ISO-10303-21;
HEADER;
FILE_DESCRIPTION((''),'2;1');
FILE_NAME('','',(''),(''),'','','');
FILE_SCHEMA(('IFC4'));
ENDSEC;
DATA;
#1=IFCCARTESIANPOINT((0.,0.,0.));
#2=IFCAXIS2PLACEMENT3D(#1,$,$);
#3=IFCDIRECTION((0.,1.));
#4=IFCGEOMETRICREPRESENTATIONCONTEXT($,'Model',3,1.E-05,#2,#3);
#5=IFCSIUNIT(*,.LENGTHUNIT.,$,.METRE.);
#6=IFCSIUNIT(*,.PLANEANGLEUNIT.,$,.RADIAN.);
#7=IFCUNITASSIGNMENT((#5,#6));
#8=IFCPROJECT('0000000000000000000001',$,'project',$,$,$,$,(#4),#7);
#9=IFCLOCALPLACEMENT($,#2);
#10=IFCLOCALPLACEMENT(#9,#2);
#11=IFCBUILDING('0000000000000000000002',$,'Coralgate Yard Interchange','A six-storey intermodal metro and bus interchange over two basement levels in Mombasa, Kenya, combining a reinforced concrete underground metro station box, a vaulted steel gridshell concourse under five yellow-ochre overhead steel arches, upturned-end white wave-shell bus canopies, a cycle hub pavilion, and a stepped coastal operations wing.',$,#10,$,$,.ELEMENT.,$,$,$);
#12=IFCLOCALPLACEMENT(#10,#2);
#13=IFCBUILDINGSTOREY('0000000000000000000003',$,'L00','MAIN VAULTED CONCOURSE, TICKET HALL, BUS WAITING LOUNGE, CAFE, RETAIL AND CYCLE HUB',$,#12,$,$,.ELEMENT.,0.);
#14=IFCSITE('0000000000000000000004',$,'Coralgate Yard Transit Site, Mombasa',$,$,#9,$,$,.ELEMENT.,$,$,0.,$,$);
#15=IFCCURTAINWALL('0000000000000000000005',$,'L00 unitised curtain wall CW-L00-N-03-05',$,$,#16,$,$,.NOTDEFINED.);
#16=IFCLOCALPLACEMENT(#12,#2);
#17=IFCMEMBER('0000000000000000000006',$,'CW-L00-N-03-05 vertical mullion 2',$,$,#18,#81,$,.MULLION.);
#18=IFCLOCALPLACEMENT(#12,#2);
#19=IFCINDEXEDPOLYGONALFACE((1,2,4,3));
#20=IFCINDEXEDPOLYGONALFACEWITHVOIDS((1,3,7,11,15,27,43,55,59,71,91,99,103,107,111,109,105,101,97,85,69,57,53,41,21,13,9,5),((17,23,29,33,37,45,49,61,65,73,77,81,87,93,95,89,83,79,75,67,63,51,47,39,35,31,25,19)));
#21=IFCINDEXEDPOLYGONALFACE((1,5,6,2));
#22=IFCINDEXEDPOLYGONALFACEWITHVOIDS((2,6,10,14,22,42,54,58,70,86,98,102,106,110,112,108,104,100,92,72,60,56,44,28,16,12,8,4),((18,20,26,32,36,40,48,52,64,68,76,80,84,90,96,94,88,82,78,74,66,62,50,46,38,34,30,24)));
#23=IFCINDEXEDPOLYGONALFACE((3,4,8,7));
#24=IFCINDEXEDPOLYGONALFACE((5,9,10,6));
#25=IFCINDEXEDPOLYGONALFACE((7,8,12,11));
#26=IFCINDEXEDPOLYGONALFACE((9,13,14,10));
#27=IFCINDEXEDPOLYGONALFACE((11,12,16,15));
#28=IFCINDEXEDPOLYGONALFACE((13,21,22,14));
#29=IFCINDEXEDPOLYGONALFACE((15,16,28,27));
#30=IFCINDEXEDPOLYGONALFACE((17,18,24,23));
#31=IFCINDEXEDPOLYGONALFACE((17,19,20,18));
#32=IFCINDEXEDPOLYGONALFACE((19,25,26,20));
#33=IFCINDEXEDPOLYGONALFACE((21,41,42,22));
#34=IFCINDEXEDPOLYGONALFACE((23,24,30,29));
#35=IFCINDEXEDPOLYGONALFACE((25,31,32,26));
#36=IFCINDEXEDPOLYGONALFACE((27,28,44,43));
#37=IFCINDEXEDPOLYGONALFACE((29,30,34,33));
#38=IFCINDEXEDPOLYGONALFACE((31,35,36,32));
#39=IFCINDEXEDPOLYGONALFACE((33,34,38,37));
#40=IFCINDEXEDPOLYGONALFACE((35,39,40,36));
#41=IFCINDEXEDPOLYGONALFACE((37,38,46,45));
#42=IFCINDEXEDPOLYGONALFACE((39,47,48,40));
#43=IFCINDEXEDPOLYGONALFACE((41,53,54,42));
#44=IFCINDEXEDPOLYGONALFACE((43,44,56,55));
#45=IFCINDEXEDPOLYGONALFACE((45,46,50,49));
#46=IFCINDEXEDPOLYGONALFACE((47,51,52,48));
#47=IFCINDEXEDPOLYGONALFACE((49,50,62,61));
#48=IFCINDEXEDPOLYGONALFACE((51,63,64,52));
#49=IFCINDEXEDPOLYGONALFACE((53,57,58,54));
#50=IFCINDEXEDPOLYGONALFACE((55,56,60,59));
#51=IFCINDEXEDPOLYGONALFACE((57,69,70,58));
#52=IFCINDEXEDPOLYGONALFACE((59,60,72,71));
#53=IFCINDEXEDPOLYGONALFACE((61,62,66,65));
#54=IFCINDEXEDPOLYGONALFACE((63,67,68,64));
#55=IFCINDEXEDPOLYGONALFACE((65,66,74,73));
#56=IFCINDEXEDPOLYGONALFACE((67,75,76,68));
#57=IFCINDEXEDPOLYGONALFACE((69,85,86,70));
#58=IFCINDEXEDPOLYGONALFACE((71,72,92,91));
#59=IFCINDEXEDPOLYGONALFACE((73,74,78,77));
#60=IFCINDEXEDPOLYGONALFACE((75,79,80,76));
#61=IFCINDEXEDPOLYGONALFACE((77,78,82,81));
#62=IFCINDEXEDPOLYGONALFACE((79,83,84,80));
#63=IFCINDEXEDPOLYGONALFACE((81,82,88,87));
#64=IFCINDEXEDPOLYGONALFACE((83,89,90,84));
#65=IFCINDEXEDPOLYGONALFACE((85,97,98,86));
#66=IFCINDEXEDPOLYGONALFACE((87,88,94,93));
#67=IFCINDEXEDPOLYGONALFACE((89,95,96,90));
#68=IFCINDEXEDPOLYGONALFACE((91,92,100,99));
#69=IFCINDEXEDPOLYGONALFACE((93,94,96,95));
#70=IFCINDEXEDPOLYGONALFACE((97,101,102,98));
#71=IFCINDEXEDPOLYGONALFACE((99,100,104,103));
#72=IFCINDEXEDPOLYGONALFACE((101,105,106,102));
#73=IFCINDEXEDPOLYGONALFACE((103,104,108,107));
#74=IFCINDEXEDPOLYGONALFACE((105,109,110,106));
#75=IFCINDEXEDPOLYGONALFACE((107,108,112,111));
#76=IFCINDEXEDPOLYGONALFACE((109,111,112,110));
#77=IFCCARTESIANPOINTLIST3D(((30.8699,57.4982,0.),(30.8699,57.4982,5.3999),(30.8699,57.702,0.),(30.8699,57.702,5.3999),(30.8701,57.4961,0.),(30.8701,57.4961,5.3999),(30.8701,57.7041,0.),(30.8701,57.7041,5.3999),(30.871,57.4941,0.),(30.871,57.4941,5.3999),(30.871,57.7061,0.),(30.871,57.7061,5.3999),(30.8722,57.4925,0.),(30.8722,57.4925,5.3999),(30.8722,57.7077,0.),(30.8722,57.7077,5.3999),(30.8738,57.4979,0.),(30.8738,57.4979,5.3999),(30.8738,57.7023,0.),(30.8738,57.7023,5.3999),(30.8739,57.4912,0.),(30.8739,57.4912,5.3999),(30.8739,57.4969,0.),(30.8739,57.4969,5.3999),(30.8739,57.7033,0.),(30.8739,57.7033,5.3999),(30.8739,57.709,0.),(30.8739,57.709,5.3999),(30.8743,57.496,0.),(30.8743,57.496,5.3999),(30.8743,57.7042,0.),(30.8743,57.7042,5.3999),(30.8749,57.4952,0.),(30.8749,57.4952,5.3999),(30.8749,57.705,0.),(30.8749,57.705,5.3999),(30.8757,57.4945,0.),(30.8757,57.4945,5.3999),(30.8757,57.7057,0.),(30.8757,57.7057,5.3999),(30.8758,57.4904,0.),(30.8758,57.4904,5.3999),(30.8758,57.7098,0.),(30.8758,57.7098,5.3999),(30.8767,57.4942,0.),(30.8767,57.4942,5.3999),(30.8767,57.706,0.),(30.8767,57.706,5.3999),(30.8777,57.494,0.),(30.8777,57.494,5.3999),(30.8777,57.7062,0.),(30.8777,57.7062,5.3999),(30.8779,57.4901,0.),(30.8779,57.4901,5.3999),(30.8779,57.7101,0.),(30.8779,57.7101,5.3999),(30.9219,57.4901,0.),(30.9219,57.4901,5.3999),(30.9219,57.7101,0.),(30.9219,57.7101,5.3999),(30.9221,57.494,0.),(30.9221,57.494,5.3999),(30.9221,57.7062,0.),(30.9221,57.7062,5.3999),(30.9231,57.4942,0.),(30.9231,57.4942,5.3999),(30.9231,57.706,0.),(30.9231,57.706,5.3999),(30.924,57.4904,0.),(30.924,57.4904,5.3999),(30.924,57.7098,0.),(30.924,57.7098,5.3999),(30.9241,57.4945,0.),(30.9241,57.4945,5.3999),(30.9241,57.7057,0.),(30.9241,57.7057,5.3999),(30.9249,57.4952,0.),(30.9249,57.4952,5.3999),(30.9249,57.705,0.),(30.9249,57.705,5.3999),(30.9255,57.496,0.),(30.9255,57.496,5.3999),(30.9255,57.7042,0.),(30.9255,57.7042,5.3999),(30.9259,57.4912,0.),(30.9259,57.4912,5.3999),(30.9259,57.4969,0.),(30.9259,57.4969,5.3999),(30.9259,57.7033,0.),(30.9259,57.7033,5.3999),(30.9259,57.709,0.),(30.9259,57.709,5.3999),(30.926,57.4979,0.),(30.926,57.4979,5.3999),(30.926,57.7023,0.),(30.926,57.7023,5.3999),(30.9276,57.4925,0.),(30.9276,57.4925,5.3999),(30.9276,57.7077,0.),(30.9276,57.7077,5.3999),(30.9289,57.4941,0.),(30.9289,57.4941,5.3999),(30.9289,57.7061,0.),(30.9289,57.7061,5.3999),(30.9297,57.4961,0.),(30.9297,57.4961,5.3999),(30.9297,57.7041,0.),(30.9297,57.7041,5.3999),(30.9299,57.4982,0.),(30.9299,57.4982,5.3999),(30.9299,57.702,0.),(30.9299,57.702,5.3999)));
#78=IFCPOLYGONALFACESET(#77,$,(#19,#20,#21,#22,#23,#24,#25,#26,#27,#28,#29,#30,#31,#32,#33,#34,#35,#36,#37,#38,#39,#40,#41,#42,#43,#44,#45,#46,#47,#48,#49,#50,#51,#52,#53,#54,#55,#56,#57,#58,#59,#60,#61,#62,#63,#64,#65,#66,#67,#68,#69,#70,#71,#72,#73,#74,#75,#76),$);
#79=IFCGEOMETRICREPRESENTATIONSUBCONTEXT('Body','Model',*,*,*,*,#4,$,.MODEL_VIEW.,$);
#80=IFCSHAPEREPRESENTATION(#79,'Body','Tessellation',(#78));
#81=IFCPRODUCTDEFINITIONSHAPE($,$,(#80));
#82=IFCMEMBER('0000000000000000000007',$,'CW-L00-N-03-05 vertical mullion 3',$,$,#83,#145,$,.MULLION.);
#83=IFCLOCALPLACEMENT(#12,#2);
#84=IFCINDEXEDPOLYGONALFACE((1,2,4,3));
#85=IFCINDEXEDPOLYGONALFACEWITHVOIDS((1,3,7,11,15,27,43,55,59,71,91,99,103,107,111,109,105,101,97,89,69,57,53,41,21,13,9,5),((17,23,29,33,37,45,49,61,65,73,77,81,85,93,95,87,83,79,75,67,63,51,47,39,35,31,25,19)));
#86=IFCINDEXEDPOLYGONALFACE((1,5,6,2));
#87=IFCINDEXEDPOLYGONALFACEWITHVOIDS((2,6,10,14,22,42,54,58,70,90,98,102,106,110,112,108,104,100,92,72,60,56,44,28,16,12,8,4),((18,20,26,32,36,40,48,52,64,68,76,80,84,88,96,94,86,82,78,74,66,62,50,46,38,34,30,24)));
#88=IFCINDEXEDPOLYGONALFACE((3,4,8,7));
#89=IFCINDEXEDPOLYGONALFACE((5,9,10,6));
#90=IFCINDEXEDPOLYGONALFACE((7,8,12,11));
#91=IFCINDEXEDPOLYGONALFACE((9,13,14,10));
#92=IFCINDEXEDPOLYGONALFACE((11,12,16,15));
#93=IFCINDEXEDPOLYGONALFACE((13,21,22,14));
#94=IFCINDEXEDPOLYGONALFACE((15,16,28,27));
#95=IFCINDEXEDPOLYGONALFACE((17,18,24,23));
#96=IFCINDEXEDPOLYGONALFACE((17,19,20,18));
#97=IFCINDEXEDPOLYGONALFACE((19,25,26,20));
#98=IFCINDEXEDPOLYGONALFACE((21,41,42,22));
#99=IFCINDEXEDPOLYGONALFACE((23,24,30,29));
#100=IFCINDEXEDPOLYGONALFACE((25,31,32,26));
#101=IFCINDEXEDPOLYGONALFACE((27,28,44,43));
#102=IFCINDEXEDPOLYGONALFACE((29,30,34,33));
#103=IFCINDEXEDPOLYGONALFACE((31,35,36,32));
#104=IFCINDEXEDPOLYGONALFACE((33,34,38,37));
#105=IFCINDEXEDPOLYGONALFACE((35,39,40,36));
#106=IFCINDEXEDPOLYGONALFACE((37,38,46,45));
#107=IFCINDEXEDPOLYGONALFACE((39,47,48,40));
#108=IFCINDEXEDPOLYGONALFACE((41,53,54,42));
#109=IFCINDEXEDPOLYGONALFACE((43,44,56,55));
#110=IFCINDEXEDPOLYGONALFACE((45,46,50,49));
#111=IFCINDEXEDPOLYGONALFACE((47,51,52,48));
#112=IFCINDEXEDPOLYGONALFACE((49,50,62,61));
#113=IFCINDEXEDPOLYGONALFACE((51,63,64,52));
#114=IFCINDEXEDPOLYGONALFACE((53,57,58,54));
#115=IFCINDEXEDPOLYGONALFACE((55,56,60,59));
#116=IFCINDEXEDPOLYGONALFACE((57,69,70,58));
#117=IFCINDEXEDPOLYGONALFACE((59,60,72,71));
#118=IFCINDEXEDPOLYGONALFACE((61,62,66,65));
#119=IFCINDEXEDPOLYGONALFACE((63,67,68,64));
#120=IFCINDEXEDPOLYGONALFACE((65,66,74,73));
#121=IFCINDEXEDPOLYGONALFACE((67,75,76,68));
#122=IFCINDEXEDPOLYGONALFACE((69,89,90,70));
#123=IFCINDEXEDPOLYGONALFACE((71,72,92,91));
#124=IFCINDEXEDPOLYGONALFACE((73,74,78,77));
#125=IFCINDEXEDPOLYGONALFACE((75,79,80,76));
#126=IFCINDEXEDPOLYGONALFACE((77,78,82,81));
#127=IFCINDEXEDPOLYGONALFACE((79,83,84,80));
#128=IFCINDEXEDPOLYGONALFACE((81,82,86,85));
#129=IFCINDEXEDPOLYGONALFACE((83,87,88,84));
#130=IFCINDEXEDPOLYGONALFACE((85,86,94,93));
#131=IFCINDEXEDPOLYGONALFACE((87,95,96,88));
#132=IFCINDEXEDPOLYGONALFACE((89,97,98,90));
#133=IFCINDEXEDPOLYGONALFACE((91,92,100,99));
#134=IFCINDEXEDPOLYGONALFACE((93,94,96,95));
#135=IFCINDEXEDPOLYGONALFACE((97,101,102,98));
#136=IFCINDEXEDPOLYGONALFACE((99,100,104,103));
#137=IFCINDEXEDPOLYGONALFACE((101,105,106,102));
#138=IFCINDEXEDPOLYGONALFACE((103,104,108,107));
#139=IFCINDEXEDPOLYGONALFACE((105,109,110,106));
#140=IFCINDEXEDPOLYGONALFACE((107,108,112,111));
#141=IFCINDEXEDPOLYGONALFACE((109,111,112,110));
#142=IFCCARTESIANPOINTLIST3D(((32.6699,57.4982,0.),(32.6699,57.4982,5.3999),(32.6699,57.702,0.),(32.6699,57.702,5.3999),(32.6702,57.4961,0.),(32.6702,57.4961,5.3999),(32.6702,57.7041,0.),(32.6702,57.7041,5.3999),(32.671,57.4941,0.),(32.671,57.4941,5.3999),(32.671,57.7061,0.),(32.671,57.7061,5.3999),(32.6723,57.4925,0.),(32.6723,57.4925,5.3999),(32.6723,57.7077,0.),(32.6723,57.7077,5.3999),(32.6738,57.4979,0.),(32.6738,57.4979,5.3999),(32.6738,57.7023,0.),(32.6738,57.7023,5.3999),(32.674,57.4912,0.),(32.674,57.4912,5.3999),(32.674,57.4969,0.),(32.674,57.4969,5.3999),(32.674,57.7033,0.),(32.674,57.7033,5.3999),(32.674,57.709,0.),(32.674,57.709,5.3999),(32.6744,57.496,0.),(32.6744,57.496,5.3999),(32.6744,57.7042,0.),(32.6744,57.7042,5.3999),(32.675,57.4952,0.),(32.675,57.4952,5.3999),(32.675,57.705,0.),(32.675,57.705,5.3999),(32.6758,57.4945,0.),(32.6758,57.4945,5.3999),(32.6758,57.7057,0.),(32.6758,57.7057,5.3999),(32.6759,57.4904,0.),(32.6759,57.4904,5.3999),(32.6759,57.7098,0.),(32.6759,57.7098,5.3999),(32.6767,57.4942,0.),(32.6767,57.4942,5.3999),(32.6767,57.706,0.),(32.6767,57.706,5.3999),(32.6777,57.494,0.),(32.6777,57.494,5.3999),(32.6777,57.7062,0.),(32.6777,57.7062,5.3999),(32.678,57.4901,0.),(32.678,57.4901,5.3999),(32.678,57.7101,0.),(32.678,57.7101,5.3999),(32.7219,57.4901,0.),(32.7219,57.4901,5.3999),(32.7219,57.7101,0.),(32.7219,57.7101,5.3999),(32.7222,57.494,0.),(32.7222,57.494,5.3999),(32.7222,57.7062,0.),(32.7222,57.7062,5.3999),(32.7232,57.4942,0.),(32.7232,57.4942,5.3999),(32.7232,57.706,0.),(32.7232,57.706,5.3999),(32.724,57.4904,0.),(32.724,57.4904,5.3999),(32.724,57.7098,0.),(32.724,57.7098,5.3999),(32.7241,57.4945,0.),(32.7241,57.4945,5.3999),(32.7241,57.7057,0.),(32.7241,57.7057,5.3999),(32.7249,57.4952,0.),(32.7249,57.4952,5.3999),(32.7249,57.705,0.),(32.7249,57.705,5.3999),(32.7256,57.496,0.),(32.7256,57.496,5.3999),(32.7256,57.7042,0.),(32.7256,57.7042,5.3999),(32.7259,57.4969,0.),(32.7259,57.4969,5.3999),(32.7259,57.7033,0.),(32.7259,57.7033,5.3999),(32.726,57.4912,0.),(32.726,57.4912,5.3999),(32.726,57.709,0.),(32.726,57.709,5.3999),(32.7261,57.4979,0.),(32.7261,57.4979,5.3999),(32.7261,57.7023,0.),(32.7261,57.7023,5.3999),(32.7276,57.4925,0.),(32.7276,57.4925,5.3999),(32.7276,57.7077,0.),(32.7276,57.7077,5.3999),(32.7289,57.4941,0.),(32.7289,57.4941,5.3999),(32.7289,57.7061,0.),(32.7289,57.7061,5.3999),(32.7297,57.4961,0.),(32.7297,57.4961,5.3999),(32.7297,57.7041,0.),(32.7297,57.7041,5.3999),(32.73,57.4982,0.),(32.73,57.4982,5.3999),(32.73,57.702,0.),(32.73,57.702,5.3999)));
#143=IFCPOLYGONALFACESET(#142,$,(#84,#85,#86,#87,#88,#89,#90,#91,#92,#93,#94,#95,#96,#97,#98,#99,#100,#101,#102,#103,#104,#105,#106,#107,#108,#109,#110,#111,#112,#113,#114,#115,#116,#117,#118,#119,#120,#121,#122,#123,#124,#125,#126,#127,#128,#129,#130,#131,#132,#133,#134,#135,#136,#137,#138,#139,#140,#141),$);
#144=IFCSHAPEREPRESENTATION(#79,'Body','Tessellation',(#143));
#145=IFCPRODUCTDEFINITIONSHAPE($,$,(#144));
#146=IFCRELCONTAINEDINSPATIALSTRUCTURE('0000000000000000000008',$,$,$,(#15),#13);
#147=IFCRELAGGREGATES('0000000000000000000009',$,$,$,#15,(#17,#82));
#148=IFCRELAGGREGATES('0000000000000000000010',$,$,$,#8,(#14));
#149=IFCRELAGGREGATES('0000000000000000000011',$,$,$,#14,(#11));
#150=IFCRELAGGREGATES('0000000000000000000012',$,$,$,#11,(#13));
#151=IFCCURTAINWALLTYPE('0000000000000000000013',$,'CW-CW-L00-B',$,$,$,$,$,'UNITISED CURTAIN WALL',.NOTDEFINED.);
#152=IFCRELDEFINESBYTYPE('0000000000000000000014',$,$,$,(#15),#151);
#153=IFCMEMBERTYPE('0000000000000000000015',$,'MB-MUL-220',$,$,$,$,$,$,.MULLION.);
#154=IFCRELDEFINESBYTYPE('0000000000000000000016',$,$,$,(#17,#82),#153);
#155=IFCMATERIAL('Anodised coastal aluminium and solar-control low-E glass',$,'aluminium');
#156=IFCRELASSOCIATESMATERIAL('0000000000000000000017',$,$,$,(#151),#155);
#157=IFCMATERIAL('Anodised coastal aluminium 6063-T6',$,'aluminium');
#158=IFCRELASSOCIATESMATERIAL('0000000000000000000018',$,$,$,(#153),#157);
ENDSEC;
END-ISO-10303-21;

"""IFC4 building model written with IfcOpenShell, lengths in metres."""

from ifc_helpers import new_model, si_unit, direction, frame, origin, origin_2d, place, context, subcontext, project, spatial, hollow_rectangle, extrude, material, material_profile, profile_set, type_object, element, aggregate, save


model = new_model("IFC4")

# Units and contexts
model_context = context("Model", 3, precision=1e-05, world=origin(), true_north=direction((0.0, 1.0)))
body_context = subcontext(model_context, "Body", "Model", "MODEL_VIEW")
ifc_project = project(units=[si_unit("LENGTHUNIT", "METRE"), si_unit("PLANEANGLEUNIT", "RADIAN")], contexts=[model_context])

# Site, building, storey
site_placement = place(None, origin())
site = spatial("IfcSite", under=ifc_project, at=site_placement, Name="Coralgate Yard Transit Site, Mombasa", CompositionType="ELEMENT", RefElevation=0.0)
building_placement = place(site_placement, origin())
building = spatial("IfcBuilding", under=site, at=building_placement, Name="Coralgate Yard Interchange", Description="A six-storey intermodal metro and bus interchange over two basement levels in Mombasa, Kenya, combining a reinforced concrete underground metro station box, a vaulted steel gridshell concourse under five yellow-ochre overhead steel arches, upturned-end white wave-shell bus canopies, a cycle hub pavilion, and a stepped coastal operations wing.", CompositionType="ELEMENT")
storey_placement = place(building_placement, origin())
storey = spatial("IfcBuildingStorey", under=building, at=storey_placement, Name="L00", Description="MAIN VAULTED CONCOURSE, TICKET HALL, BUS WAITING LOUNGE, CAFE, RETAIL AND CYCLE HUB", CompositionType="ELEMENT", Elevation=0.0)

# Curtain wall, members
ifc_material_1 = material(Name="Anodised coastal aluminium and solar-control low-E glass", Category="aluminium")
curtain_wall_type = type_object("IfcCurtainWallType", Name="CW-CW-L00-B", ElementType="UNITISED CURTAIN WALL", PredefinedType="NOTDEFINED", material=ifc_material_1)
curtain_wall_placement = place(storey_placement, origin())
curtain_wall = element("IfcCurtainWall", 1, at=curtain_wall_placement, inside=storey, type_object=curtain_wall_type, Name="L00 unitised curtain wall CW-L00-N-03-05", PredefinedType="NOTDEFINED")
ifc_material_2 = material(Name="Anodised coastal aluminium 6063-T6", Category="aluminium")
ifc_material_profile_1 = material_profile(ifc_material_2, hollow_rectangle(XDim=0.0601, YDim=0.22, WallThickness=0.0039, InnerFilletRadius=0.0039, OuterFilletRadius=0.0081, at=origin_2d()), Name="ALU 60x220x4")
ifc_profile_set_1 = profile_set([ifc_material_profile_1], Name="Anodised coastal aluminium 6063-T6")
member_type_1 = type_object("IfcMemberType", Name="MB-MUL-220", PredefinedType="MULLION", material=ifc_profile_set_1)
member_1_placement = place(storey_placement, frame((30.8999, 57.6001, 0.0), z_axis=(0.0, 0.0, 1.0), x_axis=(1.0, 0.0, 0.0)))
member_1 = element("IfcMember", 2, at=member_1_placement, type_object=member_type_1, Name="CW-L00-N-03-05 vertical mullion 2", PredefinedType="MULLION", context=body_context, shape_type="SweptSolid", body=[
    extrude(hollow_rectangle(XDim=0.0601, YDim=0.22, WallThickness=0.0039, InnerFilletRadius=0.0039, OuterFilletRadius=0.0081, at=origin_2d()), origin(), (0.0, 0.0, 1.0), 5.3999),
])
member_2_placement = place(storey_placement, frame((32.7, 57.6001, 0.0), z_axis=(0.0, 0.0, 1.0), x_axis=(1.0, 0.0, 0.0)))
member_2 = element("IfcMember", 3, at=member_2_placement, type_object=member_type_1, Name="CW-L00-N-03-05 vertical mullion 3", PredefinedType="MULLION", context=body_context, shape_type="SweptSolid", body=[
    extrude(hollow_rectangle(XDim=0.0601, YDim=0.22, WallThickness=0.0039, InnerFilletRadius=0.0039, OuterFilletRadius=0.0081, at=origin_2d()), origin(), (0.0, 0.0, 1.0), 5.3999),
])
aggregate(curtain_wall, [member_1, member_2])

save(model, "model.ifc")
